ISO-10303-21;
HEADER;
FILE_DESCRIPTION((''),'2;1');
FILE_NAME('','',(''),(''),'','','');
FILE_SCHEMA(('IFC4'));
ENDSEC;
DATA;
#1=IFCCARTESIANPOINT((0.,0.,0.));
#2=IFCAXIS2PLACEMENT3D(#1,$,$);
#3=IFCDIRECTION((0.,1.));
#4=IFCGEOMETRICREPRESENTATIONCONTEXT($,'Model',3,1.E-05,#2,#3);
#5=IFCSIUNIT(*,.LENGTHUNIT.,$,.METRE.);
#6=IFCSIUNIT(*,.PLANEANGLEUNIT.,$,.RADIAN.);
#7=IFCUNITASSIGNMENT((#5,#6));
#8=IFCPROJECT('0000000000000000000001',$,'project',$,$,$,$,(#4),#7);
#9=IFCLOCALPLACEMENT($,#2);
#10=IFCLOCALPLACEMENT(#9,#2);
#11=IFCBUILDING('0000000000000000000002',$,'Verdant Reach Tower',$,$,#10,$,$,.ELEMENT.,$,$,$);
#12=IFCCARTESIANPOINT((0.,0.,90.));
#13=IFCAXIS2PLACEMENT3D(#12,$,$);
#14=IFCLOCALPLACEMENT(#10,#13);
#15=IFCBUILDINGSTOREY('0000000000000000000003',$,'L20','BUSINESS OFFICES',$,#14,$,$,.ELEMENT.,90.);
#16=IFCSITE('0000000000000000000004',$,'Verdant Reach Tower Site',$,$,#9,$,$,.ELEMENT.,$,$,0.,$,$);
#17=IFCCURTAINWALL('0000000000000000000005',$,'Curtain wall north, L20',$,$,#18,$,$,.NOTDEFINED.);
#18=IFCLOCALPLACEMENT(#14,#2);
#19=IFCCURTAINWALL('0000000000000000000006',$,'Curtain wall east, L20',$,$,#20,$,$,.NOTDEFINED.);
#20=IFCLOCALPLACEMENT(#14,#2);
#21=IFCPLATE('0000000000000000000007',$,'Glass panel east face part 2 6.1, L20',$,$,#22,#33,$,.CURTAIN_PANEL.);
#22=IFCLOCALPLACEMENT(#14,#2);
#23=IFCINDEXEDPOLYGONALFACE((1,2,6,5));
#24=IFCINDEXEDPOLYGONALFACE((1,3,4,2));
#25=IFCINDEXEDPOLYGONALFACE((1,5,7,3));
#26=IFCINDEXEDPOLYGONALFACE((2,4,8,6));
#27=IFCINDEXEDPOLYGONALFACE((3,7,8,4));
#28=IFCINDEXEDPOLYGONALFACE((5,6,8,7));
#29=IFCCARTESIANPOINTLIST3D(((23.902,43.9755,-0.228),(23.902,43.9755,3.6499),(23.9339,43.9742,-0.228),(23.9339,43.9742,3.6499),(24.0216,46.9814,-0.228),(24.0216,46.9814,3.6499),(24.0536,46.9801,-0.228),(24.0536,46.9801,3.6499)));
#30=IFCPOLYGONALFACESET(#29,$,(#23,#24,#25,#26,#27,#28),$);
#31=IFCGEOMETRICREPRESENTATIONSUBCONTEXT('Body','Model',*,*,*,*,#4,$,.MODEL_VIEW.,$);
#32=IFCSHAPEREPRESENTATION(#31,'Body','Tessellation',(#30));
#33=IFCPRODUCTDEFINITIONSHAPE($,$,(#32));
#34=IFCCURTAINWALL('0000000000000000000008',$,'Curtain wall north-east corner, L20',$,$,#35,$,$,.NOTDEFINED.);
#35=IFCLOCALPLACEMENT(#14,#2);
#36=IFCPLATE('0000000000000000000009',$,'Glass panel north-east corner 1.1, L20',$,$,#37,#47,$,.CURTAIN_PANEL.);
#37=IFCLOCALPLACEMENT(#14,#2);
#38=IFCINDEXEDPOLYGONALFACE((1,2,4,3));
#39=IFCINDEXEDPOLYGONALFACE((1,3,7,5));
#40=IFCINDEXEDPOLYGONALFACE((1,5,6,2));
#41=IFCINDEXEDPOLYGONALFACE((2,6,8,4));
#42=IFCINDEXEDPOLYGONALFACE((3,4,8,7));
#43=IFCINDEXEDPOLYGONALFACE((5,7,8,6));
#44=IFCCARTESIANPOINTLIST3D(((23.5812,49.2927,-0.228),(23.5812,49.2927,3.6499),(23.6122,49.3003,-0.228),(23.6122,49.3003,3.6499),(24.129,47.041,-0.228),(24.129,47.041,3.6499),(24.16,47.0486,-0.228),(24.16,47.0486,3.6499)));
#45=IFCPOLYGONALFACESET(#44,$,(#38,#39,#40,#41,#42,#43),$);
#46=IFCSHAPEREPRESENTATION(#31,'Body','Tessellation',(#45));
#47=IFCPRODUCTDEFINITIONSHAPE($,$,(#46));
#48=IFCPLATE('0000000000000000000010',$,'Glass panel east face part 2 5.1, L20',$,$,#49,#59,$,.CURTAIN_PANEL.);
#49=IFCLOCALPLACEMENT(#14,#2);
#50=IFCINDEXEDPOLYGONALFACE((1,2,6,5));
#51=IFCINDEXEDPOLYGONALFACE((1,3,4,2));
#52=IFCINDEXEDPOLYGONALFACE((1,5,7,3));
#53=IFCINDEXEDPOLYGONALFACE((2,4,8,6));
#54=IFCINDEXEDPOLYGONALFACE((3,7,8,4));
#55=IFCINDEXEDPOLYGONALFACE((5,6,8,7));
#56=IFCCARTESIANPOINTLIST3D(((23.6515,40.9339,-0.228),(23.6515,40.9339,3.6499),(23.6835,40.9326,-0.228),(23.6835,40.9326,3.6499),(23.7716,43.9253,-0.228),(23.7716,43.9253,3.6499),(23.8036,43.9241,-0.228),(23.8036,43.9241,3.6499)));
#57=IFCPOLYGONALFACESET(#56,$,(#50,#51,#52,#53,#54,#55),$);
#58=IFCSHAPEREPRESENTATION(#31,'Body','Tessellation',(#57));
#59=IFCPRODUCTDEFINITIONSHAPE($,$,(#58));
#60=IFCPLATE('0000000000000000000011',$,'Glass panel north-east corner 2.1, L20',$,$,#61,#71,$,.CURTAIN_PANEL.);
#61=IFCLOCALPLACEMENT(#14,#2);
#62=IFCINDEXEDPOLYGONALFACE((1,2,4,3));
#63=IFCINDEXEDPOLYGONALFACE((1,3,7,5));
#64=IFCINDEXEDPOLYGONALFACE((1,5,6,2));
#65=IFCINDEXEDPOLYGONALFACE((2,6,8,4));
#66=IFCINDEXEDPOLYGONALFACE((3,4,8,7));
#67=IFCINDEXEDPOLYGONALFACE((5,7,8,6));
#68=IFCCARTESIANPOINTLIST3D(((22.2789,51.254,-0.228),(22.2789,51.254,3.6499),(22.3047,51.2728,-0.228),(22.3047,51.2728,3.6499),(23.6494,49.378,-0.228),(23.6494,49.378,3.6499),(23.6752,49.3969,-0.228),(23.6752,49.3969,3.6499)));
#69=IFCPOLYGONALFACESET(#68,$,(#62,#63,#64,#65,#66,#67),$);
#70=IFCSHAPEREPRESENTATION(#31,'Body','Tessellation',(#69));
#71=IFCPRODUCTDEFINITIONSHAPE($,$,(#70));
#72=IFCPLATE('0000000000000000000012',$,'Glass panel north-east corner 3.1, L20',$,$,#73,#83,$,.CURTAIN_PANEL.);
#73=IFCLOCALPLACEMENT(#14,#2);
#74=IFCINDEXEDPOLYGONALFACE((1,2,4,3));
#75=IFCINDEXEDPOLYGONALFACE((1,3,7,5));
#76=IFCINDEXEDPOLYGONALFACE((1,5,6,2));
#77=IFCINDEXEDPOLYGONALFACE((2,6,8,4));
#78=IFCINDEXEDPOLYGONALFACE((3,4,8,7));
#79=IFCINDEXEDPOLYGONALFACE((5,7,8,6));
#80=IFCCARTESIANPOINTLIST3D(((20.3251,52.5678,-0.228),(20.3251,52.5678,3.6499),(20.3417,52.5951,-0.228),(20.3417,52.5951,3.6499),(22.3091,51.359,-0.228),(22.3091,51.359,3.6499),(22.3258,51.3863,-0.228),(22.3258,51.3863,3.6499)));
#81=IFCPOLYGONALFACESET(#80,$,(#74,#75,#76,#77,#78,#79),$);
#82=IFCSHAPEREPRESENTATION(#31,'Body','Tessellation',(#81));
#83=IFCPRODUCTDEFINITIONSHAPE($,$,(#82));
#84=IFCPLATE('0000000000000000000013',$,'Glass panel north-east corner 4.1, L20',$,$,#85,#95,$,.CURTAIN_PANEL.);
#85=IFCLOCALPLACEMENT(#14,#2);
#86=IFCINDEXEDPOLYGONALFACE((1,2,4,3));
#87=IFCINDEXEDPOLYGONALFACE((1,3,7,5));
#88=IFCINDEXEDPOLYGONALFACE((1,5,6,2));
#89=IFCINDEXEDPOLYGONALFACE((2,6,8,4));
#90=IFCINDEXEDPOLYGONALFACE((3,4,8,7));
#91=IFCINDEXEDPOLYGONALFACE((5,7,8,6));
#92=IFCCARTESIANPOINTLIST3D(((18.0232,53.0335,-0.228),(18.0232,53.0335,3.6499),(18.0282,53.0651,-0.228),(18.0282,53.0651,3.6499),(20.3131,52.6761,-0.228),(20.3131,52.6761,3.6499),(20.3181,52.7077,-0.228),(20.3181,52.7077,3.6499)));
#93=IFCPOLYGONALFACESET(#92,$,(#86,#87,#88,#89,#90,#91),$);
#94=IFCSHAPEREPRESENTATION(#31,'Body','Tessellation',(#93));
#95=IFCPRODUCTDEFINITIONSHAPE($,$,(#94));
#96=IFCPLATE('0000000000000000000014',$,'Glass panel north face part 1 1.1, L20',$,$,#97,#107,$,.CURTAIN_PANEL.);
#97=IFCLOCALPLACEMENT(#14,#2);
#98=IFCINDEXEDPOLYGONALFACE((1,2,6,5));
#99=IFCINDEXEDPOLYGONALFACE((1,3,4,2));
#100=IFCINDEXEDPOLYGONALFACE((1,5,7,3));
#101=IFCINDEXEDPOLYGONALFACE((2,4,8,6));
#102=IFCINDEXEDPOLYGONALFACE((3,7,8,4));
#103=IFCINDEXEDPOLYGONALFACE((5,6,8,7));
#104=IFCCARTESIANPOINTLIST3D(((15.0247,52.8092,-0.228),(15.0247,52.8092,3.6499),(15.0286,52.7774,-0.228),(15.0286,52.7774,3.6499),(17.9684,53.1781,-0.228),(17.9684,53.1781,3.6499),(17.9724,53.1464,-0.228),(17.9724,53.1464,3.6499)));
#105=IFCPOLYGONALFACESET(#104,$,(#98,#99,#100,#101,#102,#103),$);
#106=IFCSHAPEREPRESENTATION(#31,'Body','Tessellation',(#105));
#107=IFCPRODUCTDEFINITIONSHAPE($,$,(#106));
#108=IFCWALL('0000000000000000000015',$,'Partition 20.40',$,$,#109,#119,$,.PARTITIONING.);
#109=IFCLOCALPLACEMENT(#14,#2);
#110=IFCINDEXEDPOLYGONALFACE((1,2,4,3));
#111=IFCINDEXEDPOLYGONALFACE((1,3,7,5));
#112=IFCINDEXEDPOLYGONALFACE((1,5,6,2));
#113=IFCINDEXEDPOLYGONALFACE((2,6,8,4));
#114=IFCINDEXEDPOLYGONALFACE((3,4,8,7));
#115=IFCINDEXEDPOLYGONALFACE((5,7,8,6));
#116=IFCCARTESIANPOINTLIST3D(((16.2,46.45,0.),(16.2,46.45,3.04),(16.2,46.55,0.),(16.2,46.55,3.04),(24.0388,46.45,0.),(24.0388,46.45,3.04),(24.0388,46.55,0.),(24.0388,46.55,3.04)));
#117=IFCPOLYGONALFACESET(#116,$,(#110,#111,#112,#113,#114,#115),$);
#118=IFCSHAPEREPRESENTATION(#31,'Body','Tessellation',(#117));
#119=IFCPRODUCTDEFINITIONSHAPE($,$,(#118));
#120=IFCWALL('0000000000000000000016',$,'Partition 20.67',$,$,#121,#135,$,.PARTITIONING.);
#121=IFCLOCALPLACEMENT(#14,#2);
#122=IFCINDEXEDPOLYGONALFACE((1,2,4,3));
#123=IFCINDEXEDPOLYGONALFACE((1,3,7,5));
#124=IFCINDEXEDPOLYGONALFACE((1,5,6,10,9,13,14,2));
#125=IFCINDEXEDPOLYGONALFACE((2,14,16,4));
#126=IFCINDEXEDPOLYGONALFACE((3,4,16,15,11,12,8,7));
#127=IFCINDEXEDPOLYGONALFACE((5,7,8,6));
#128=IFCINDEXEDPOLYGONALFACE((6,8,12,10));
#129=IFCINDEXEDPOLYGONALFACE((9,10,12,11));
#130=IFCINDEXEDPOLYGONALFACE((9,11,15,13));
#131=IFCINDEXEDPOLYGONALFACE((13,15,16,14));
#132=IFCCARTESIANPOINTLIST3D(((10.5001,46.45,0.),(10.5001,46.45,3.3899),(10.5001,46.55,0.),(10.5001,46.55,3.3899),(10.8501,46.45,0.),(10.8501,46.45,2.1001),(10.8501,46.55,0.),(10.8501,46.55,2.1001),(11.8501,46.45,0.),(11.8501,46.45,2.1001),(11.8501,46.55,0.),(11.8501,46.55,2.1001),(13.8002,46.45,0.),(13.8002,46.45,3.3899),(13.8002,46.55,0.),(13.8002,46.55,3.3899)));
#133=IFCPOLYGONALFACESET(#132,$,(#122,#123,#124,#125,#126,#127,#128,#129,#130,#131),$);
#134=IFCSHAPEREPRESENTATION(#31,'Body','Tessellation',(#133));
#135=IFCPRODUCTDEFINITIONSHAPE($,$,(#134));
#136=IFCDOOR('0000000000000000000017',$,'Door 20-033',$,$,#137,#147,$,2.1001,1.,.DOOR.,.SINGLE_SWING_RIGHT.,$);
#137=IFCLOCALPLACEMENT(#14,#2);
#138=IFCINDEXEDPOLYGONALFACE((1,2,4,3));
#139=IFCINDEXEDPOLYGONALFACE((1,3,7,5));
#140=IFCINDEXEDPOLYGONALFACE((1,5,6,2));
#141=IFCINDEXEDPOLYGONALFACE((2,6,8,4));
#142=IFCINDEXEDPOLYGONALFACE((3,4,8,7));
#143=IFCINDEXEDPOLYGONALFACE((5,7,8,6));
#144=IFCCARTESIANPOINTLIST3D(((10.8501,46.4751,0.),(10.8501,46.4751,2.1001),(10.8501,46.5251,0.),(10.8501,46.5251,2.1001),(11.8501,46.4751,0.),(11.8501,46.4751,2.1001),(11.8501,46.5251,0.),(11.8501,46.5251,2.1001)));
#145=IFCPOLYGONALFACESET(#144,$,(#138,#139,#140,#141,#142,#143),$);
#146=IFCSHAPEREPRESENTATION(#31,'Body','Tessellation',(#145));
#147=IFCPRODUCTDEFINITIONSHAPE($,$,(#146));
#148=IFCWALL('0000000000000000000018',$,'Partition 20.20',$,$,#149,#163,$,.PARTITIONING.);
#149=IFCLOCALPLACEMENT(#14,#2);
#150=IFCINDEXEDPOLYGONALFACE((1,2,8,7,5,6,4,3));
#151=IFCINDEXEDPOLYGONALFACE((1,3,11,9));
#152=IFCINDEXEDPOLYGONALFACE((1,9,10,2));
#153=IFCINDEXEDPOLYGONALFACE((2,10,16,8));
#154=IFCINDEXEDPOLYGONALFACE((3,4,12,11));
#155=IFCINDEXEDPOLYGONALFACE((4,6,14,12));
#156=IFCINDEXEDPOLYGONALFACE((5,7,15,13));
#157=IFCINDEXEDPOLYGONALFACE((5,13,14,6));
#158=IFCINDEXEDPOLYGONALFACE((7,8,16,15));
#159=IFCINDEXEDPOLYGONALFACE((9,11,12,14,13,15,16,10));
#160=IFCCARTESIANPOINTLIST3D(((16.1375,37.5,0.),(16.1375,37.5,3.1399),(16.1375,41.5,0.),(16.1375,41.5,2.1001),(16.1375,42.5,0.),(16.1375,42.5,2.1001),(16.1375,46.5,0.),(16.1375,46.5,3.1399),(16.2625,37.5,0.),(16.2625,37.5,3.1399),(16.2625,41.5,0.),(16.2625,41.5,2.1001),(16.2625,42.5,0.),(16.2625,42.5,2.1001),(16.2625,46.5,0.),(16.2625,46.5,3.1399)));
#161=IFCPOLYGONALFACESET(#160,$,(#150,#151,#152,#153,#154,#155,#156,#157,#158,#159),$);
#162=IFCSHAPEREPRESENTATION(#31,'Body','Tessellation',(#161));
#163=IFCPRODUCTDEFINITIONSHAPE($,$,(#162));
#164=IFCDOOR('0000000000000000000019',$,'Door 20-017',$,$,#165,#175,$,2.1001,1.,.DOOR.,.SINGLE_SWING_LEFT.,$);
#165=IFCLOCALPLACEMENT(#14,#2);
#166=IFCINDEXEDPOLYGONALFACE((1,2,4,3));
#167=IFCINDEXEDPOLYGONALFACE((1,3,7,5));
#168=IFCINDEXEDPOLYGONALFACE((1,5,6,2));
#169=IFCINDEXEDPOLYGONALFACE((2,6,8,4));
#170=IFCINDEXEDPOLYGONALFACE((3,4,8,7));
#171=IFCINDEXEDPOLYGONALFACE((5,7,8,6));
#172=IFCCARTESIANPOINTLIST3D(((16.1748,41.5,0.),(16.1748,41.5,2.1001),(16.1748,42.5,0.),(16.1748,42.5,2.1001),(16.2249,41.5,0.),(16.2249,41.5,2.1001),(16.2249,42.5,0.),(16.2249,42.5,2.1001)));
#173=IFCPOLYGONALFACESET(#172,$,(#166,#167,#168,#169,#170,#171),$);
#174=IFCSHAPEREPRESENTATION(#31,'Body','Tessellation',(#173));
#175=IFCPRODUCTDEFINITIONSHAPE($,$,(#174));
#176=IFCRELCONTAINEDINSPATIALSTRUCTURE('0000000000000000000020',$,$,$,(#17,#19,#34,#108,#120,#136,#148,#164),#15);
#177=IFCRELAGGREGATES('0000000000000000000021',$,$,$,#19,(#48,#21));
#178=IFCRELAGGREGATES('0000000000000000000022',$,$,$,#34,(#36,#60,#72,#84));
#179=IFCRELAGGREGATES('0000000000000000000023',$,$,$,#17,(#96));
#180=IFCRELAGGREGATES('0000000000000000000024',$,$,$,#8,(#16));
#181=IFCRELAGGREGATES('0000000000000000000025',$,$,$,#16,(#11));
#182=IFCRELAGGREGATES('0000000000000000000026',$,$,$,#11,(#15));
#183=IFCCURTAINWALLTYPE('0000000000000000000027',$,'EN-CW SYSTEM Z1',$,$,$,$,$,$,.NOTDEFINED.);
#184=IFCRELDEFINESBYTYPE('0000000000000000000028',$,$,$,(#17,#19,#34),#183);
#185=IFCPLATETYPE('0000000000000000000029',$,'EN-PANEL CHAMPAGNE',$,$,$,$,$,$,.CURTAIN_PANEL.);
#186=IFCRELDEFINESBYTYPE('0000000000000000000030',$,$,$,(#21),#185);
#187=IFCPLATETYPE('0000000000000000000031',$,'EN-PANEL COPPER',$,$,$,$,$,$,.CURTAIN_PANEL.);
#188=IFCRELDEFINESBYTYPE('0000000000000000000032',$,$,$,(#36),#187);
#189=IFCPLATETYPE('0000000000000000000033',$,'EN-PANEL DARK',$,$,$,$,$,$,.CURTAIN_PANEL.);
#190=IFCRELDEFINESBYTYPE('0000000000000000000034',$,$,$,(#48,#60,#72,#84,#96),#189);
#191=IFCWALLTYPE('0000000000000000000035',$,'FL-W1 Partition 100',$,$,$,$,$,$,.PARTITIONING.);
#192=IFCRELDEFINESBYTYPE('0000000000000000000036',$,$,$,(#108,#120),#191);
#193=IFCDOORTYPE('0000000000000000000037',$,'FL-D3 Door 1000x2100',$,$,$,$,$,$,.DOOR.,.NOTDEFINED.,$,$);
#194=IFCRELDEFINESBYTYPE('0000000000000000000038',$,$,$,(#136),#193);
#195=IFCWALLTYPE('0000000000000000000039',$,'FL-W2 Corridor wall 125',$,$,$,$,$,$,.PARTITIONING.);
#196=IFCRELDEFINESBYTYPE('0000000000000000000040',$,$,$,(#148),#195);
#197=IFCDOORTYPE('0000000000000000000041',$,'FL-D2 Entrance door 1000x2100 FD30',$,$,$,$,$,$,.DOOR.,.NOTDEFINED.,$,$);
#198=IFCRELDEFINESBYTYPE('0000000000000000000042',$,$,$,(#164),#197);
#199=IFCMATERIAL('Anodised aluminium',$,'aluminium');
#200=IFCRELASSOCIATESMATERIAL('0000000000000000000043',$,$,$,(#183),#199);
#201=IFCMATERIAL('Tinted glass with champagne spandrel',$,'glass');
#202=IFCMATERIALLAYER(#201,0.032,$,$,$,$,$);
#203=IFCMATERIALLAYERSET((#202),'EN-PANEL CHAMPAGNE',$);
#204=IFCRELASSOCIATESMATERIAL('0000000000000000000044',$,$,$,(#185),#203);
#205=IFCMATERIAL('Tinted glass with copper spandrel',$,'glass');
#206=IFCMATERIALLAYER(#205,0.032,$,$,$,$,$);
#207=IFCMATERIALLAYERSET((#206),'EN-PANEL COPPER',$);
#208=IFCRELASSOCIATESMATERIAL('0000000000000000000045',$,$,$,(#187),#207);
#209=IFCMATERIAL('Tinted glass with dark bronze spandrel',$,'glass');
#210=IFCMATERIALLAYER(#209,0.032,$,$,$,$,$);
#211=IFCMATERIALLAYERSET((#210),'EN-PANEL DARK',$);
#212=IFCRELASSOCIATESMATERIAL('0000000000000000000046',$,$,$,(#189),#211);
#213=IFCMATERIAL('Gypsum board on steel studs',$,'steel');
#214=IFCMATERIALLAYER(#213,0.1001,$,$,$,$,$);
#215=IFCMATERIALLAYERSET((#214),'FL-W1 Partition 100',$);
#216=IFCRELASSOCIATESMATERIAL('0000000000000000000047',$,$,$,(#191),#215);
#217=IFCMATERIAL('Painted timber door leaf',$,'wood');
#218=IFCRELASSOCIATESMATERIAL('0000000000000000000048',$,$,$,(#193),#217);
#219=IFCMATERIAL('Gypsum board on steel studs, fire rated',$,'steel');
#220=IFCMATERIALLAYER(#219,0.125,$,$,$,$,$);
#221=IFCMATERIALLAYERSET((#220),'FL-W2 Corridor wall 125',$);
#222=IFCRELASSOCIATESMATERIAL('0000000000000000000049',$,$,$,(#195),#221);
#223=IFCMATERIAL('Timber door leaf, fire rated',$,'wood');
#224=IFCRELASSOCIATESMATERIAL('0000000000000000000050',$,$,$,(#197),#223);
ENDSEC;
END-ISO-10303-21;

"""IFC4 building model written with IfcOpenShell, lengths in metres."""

from ifc_helpers import new_model, si_unit, direction, frame, frame_2d, origin, origin_2d, place, context, subcontext, project, spatial, rectangle, extrude, material, layer, layer_set, type_object, element, fill, aggregate, save


model = new_model("IFC4")

# Units and contexts
model_context = context("Model", 3, precision=1e-05, world=origin(), true_north=direction((0.0, 1.0)))
body_context = subcontext(model_context, "Body", "Model", "MODEL_VIEW")
ifc_project = project(units=[si_unit("LENGTHUNIT", "METRE"), si_unit("PLANEANGLEUNIT", "RADIAN")], contexts=[model_context])

# Site, building, storey
site_placement = place(None, origin())
site = spatial("IfcSite", under=ifc_project, at=site_placement, Name="Verdant Reach Tower Site", CompositionType="ELEMENT", RefElevation=0.0)
building_placement = place(site_placement, origin())
building = spatial("IfcBuilding", under=site, at=building_placement, Name="Verdant Reach Tower", CompositionType="ELEMENT")
storey_placement = place(building_placement, frame((0.0, 0.0, 90.0)))
storey = spatial("IfcBuildingStorey", under=building, at=storey_placement, Name="L20", Description="BUSINESS OFFICES", CompositionType="ELEMENT", Elevation=90.0)

# Curtain wall
ifc_material_1 = material(Name="Anodised aluminium", Category="aluminium")
curtain_wall_type = type_object("IfcCurtainWallType", Name="EN-CW SYSTEM Z1", PredefinedType="NOTDEFINED", material=ifc_material_1)
curtain_wall_1_placement = place(storey_placement, origin())
curtain_wall_1 = element("IfcCurtainWall", 1, at=curtain_wall_1_placement, inside=storey, type_object=curtain_wall_type, Name="Curtain wall north, L20", PredefinedType="NOTDEFINED")

# Curtain walls, plates
curtain_wall_2_placement = place(storey_placement, origin())
curtain_wall_2 = element("IfcCurtainWall", 2, at=curtain_wall_2_placement, inside=storey, type_object=curtain_wall_type, Name="Curtain wall east, L20", PredefinedType="NOTDEFINED")
ifc_material_2 = material(Name="Tinted glass with champagne spandrel", Category="glass")
ifc_layer_1 = layer(ifc_material_2, 0.032)
ifc_layer_set_1 = layer_set([ifc_layer_1], Name="EN-PANEL CHAMPAGNE")
plate_type_1 = type_object("IfcPlateType", Name="EN-PANEL CHAMPAGNE", PredefinedType="CURTAIN_PANEL", material=ifc_layer_set_1)
plate_1_placement = place(storey_placement, frame((23.9778, 45.4778, -0.228), z_axis=(0.0, 0.0, 1.0), x_axis=(0.039784, 0.999208, 0.0)))
plate_1 = element("IfcPlate", 3, at=plate_1_placement, type_object=plate_type_1, Name="Glass panel east face part 2 6.1, L20", PredefinedType="CURTAIN_PANEL", context=body_context, shape_type="SweptSolid", body=[
    extrude(rectangle(XDim=3.0083, YDim=0.032, at=origin_2d()), origin(), (0.0, 0.0, 1.0), 3.8779),
])
curtain_wall_3_placement = place(storey_placement, origin())
curtain_wall_3 = element("IfcCurtainWall", 4, at=curtain_wall_3_placement, inside=storey, type_object=curtain_wall_type, Name="Curtain wall north-east corner, L20", PredefinedType="NOTDEFINED")
ifc_material_3 = material(Name="Tinted glass with copper spandrel", Category="glass")
ifc_layer_2 = layer(ifc_material_3, 0.032)
ifc_layer_set_2 = layer_set([ifc_layer_2], Name="EN-PANEL COPPER")
plate_type_2 = type_object("IfcPlateType", Name="EN-PANEL COPPER", PredefinedType="CURTAIN_PANEL", material=ifc_layer_set_2)
plate_2_placement = place(storey_placement, frame((23.8706, 48.1707, -0.228), z_axis=(0.0, 0.0, 1.0), x_axis=(-0.236383, 0.97166, 0.0)))
plate_2 = element("IfcPlate", 5, at=plate_2_placement, type_object=plate_type_2, Name="Glass panel north-east corner 1.1, L20", PredefinedType="CURTAIN_PANEL", context=body_context, shape_type="SweptSolid", body=[
    extrude(rectangle(XDim=2.3174, YDim=0.032, at=origin_2d()), origin(), (0.0, 0.0, 1.0), 3.8779),
])

# Plates
ifc_material_4 = material(Name="Tinted glass with dark bronze spandrel", Category="glass")
ifc_layer_3 = layer(ifc_material_4, 0.032)
ifc_layer_set_3 = layer_set([ifc_layer_3], Name="EN-PANEL DARK")
plate_type_3 = type_object("IfcPlateType", Name="EN-PANEL DARK", PredefinedType="CURTAIN_PANEL", material=ifc_layer_set_3)
plate_3_placement = place(storey_placement, frame((23.7275, 42.429, -0.228), z_axis=(0.0, 0.0, 1.0), x_axis=(0.040109, 0.999195, 0.0)))
plate_3 = element("IfcPlate", 6, at=plate_3_placement, type_object=plate_type_3, Name="Glass panel east face part 2 5.1, L20", PredefinedType="CURTAIN_PANEL", context=body_context, shape_type="SweptSolid", body=[
    extrude(rectangle(XDim=2.9939, YDim=0.032, at=origin_2d()), origin(), (0.0, 0.0, 1.0), 3.8779),
])
aggregate(curtain_wall_2, [plate_3, plate_1])
plate_4_placement = place(storey_placement, frame((22.9771, 50.3254, -0.228), z_axis=(0.0, 0.0, 1.0), x_axis=(-0.589927, 0.807457, 0.0)))
plate_4 = element("IfcPlate", 7, at=plate_4_placement, type_object=plate_type_3, Name="Glass panel north-east corner 2.1, L20", PredefinedType="CURTAIN_PANEL", context=body_context, shape_type="SweptSolid", body=[
    extrude(rectangle(XDim=2.3232, YDim=0.032, at=origin_2d()), origin(), (0.0, 0.0, 1.0), 3.8779),
])
plate_5_placement = place(storey_placement, frame((21.3254, 51.9771, -0.228), z_axis=(0.0, 0.0, 1.0), x_axis=(-0.853989, 0.520292, 0.0)))
plate_5 = element("IfcPlate", 8, at=plate_5_placement, type_object=plate_type_3, Name="Glass panel north-east corner 3.1, L20", PredefinedType="CURTAIN_PANEL", context=body_context, shape_type="SweptSolid", body=[
    extrude(rectangle(XDim=2.3232, YDim=0.032, at=origin_2d()), origin(), (0.0, 0.0, 1.0), 3.8779),
])
plate_6_placement = place(storey_placement, frame((19.1707, 52.8706, -0.228), z_axis=(0.0, 0.0, 1.0), x_axis=(-0.988033, 0.154245, 0.0)))
plate_6 = element("IfcPlate", 9, at=plate_6_placement, type_object=plate_type_3, Name="Glass panel north-east corner 4.1, L20", PredefinedType="CURTAIN_PANEL", context=body_context, shape_type="SweptSolid", body=[
    extrude(rectangle(XDim=2.3176, YDim=0.032, at=origin_2d()), origin(), (0.0, 0.0, 1.0), 3.8779),
])
aggregate(curtain_wall_3, [plate_2, plate_4, plate_5, plate_6])
plate_7_placement = place(storey_placement, frame((16.4985, 52.9778, -0.228), z_axis=(0.0, 0.0, 1.0), x_axis=(-0.992235, -0.124374, 0.0)))
plate_7 = element("IfcPlate", 10, at=plate_7_placement, type_object=plate_type_3, Name="Glass panel north face part 1 1.1, L20", PredefinedType="CURTAIN_PANEL", context=body_context, shape_type="SweptSolid", body=[
    extrude(rectangle(XDim=2.9668, YDim=0.032, at=origin_2d()), origin(), (0.0, 0.0, 1.0), 3.8779),
])
aggregate(curtain_wall_1, [plate_7])

# Wall
ifc_material_5 = material(Name="Gypsum board on steel studs", Category="steel")
ifc_layer_4 = layer(ifc_material_5, 0.1001)
ifc_layer_set_4 = layer_set([ifc_layer_4], Name="FL-W1 Partition 100")
wall_type_1 = type_object("IfcWallType", Name="FL-W1 Partition 100", PredefinedType="PARTITIONING", material=ifc_layer_set_4)
wall_1_placement = place(storey_placement, frame((24.0388, 46.5, 0.0), z_axis=(0.0, 0.0, 1.0), x_axis=(-1.0, 0.0, 0.0)))
element("IfcWall", 11, at=wall_1_placement, inside=storey, type_object=wall_type_1, Name="Partition 20.40", PredefinedType="PARTITIONING", context=body_context, shape_type="SweptSolid", body=[
    extrude(rectangle(XDim=7.8389, YDim=0.1001, at=frame_2d((3.9194, 0.0))), origin(), (0.0, 0.0, 1.0), 3.04),
])

# Walls, openings, doors
wall_2_placement = place(storey_placement, frame((13.8, 46.5, 0.0), z_axis=(0.0, 0.0, 1.0), x_axis=(-1.0, 0.0, 0.0)))
wall_2 = element("IfcWall", 12, at=wall_2_placement, inside=storey, type_object=wall_type_1, Name="Partition 20.67", PredefinedType="PARTITIONING", context=body_context, shape_type="SweptSolid", body=[
    extrude(rectangle(XDim=3.3, YDim=0.1001, at=frame_2d((1.6499, 0.0))), origin(), (0.0, 0.0, 1.0), 3.3899),
])
opening_1_placement = place(wall_2_placement, frame((1.95, 0.0, 0.0)))
opening_1 = element("IfcOpeningElement", 13, at=opening_1_placement, cuts=wall_2, PredefinedType="OPENING", context=body_context, shape_type="SweptSolid", body=[
    extrude(rectangle(XDim=1.0, YDim=2.1001, at=frame_2d((0.5, 1.05))), frame((0.0, 0.0601, 0.0), z_axis=(0.0, -1.0, 0.0), x_axis=(1.0, 0.0, 0.0)), (0.0, 0.0, 1.0), 0.1201),
])
ifc_material_6 = material(Name="Painted timber door leaf", Category="wood")
door_type_1 = type_object("IfcDoorType", Name="FL-D3 Door 1000x2100", OperationType="NOTDEFINED", PredefinedType="DOOR", material=ifc_material_6)
door_1_placement = place(opening_1_placement, origin())
door_1 = element("IfcDoor", 14, at=door_1_placement, inside=storey, type_object=door_type_1, Name="Door 20-033", OperationType="SINGLE_SWING_RIGHT", OverallHeight=2.1001, OverallWidth=1.0, PredefinedType="DOOR", context=body_context, shape_type="SweptSolid", body=[
    extrude(rectangle(XDim=1.0, YDim=2.1001, at=frame_2d((0.5, 1.05))), frame((0.0, 0.0249, 0.0), z_axis=(0.0, -1.0, 0.0), x_axis=(1.0, 0.0, 0.0)), (0.0, 0.0, 1.0), 0.05),
])
fill(opening_1, door_1)
ifc_material_7 = material(Name="Gypsum board on steel studs, fire rated", Category="steel")
ifc_layer_5 = layer(ifc_material_7, 0.125)
ifc_layer_set_5 = layer_set([ifc_layer_5], Name="FL-W2 Corridor wall 125")
wall_type_2 = type_object("IfcWallType", Name="FL-W2 Corridor wall 125", PredefinedType="PARTITIONING", material=ifc_layer_set_5)
wall_3_placement = place(storey_placement, frame((16.2, 46.5, 0.0), z_axis=(0.0, 0.0, 1.0), x_axis=(0.0, -1.0, 0.0)))
wall_3 = element("IfcWall", 15, at=wall_3_placement, inside=storey, type_object=wall_type_2, Name="Partition 20.20", PredefinedType="PARTITIONING", context=body_context, shape_type="SweptSolid", body=[
    extrude(rectangle(XDim=9.0, YDim=0.125, at=frame_2d((4.5, 0.0))), origin(), (0.0, 0.0, 1.0), 3.1399),
])
opening_2_placement = place(wall_3_placement, frame((4.0, 0.0, 0.0)))
opening_2 = element("IfcOpeningElement", 16, at=opening_2_placement, cuts=wall_3, PredefinedType="OPENING", context=body_context, shape_type="SweptSolid", body=[
    extrude(rectangle(XDim=1.0, YDim=2.1001, at=frame_2d((0.5, 1.05))), frame((0.0, 0.0725, 0.0), z_axis=(0.0, -1.0, 0.0), x_axis=(1.0, 0.0, 0.0)), (0.0, 0.0, 1.0), 0.145),
])
ifc_material_8 = material(Name="Timber door leaf, fire rated", Category="wood")
door_type_2 = type_object("IfcDoorType", Name="FL-D2 Entrance door 1000x2100 FD30", OperationType="NOTDEFINED", PredefinedType="DOOR", material=ifc_material_8)
door_2_placement = place(opening_2_placement, origin())
door_2 = element("IfcDoor", 17, at=door_2_placement, inside=storey, type_object=door_type_2, Name="Door 20-017", OperationType="SINGLE_SWING_LEFT", OverallHeight=2.1001, OverallWidth=1.0, PredefinedType="DOOR", context=body_context, shape_type="SweptSolid", body=[
    extrude(rectangle(XDim=1.0, YDim=2.1001, at=frame_2d((0.5, 1.05))), frame((0.0, 0.0249, 0.0), z_axis=(0.0, -1.0, 0.0), x_axis=(1.0, 0.0, 0.0)), (0.0, 0.0, 1.0), 0.05),
])
fill(opening_2, door_2)

save(model, "model.ifc")
